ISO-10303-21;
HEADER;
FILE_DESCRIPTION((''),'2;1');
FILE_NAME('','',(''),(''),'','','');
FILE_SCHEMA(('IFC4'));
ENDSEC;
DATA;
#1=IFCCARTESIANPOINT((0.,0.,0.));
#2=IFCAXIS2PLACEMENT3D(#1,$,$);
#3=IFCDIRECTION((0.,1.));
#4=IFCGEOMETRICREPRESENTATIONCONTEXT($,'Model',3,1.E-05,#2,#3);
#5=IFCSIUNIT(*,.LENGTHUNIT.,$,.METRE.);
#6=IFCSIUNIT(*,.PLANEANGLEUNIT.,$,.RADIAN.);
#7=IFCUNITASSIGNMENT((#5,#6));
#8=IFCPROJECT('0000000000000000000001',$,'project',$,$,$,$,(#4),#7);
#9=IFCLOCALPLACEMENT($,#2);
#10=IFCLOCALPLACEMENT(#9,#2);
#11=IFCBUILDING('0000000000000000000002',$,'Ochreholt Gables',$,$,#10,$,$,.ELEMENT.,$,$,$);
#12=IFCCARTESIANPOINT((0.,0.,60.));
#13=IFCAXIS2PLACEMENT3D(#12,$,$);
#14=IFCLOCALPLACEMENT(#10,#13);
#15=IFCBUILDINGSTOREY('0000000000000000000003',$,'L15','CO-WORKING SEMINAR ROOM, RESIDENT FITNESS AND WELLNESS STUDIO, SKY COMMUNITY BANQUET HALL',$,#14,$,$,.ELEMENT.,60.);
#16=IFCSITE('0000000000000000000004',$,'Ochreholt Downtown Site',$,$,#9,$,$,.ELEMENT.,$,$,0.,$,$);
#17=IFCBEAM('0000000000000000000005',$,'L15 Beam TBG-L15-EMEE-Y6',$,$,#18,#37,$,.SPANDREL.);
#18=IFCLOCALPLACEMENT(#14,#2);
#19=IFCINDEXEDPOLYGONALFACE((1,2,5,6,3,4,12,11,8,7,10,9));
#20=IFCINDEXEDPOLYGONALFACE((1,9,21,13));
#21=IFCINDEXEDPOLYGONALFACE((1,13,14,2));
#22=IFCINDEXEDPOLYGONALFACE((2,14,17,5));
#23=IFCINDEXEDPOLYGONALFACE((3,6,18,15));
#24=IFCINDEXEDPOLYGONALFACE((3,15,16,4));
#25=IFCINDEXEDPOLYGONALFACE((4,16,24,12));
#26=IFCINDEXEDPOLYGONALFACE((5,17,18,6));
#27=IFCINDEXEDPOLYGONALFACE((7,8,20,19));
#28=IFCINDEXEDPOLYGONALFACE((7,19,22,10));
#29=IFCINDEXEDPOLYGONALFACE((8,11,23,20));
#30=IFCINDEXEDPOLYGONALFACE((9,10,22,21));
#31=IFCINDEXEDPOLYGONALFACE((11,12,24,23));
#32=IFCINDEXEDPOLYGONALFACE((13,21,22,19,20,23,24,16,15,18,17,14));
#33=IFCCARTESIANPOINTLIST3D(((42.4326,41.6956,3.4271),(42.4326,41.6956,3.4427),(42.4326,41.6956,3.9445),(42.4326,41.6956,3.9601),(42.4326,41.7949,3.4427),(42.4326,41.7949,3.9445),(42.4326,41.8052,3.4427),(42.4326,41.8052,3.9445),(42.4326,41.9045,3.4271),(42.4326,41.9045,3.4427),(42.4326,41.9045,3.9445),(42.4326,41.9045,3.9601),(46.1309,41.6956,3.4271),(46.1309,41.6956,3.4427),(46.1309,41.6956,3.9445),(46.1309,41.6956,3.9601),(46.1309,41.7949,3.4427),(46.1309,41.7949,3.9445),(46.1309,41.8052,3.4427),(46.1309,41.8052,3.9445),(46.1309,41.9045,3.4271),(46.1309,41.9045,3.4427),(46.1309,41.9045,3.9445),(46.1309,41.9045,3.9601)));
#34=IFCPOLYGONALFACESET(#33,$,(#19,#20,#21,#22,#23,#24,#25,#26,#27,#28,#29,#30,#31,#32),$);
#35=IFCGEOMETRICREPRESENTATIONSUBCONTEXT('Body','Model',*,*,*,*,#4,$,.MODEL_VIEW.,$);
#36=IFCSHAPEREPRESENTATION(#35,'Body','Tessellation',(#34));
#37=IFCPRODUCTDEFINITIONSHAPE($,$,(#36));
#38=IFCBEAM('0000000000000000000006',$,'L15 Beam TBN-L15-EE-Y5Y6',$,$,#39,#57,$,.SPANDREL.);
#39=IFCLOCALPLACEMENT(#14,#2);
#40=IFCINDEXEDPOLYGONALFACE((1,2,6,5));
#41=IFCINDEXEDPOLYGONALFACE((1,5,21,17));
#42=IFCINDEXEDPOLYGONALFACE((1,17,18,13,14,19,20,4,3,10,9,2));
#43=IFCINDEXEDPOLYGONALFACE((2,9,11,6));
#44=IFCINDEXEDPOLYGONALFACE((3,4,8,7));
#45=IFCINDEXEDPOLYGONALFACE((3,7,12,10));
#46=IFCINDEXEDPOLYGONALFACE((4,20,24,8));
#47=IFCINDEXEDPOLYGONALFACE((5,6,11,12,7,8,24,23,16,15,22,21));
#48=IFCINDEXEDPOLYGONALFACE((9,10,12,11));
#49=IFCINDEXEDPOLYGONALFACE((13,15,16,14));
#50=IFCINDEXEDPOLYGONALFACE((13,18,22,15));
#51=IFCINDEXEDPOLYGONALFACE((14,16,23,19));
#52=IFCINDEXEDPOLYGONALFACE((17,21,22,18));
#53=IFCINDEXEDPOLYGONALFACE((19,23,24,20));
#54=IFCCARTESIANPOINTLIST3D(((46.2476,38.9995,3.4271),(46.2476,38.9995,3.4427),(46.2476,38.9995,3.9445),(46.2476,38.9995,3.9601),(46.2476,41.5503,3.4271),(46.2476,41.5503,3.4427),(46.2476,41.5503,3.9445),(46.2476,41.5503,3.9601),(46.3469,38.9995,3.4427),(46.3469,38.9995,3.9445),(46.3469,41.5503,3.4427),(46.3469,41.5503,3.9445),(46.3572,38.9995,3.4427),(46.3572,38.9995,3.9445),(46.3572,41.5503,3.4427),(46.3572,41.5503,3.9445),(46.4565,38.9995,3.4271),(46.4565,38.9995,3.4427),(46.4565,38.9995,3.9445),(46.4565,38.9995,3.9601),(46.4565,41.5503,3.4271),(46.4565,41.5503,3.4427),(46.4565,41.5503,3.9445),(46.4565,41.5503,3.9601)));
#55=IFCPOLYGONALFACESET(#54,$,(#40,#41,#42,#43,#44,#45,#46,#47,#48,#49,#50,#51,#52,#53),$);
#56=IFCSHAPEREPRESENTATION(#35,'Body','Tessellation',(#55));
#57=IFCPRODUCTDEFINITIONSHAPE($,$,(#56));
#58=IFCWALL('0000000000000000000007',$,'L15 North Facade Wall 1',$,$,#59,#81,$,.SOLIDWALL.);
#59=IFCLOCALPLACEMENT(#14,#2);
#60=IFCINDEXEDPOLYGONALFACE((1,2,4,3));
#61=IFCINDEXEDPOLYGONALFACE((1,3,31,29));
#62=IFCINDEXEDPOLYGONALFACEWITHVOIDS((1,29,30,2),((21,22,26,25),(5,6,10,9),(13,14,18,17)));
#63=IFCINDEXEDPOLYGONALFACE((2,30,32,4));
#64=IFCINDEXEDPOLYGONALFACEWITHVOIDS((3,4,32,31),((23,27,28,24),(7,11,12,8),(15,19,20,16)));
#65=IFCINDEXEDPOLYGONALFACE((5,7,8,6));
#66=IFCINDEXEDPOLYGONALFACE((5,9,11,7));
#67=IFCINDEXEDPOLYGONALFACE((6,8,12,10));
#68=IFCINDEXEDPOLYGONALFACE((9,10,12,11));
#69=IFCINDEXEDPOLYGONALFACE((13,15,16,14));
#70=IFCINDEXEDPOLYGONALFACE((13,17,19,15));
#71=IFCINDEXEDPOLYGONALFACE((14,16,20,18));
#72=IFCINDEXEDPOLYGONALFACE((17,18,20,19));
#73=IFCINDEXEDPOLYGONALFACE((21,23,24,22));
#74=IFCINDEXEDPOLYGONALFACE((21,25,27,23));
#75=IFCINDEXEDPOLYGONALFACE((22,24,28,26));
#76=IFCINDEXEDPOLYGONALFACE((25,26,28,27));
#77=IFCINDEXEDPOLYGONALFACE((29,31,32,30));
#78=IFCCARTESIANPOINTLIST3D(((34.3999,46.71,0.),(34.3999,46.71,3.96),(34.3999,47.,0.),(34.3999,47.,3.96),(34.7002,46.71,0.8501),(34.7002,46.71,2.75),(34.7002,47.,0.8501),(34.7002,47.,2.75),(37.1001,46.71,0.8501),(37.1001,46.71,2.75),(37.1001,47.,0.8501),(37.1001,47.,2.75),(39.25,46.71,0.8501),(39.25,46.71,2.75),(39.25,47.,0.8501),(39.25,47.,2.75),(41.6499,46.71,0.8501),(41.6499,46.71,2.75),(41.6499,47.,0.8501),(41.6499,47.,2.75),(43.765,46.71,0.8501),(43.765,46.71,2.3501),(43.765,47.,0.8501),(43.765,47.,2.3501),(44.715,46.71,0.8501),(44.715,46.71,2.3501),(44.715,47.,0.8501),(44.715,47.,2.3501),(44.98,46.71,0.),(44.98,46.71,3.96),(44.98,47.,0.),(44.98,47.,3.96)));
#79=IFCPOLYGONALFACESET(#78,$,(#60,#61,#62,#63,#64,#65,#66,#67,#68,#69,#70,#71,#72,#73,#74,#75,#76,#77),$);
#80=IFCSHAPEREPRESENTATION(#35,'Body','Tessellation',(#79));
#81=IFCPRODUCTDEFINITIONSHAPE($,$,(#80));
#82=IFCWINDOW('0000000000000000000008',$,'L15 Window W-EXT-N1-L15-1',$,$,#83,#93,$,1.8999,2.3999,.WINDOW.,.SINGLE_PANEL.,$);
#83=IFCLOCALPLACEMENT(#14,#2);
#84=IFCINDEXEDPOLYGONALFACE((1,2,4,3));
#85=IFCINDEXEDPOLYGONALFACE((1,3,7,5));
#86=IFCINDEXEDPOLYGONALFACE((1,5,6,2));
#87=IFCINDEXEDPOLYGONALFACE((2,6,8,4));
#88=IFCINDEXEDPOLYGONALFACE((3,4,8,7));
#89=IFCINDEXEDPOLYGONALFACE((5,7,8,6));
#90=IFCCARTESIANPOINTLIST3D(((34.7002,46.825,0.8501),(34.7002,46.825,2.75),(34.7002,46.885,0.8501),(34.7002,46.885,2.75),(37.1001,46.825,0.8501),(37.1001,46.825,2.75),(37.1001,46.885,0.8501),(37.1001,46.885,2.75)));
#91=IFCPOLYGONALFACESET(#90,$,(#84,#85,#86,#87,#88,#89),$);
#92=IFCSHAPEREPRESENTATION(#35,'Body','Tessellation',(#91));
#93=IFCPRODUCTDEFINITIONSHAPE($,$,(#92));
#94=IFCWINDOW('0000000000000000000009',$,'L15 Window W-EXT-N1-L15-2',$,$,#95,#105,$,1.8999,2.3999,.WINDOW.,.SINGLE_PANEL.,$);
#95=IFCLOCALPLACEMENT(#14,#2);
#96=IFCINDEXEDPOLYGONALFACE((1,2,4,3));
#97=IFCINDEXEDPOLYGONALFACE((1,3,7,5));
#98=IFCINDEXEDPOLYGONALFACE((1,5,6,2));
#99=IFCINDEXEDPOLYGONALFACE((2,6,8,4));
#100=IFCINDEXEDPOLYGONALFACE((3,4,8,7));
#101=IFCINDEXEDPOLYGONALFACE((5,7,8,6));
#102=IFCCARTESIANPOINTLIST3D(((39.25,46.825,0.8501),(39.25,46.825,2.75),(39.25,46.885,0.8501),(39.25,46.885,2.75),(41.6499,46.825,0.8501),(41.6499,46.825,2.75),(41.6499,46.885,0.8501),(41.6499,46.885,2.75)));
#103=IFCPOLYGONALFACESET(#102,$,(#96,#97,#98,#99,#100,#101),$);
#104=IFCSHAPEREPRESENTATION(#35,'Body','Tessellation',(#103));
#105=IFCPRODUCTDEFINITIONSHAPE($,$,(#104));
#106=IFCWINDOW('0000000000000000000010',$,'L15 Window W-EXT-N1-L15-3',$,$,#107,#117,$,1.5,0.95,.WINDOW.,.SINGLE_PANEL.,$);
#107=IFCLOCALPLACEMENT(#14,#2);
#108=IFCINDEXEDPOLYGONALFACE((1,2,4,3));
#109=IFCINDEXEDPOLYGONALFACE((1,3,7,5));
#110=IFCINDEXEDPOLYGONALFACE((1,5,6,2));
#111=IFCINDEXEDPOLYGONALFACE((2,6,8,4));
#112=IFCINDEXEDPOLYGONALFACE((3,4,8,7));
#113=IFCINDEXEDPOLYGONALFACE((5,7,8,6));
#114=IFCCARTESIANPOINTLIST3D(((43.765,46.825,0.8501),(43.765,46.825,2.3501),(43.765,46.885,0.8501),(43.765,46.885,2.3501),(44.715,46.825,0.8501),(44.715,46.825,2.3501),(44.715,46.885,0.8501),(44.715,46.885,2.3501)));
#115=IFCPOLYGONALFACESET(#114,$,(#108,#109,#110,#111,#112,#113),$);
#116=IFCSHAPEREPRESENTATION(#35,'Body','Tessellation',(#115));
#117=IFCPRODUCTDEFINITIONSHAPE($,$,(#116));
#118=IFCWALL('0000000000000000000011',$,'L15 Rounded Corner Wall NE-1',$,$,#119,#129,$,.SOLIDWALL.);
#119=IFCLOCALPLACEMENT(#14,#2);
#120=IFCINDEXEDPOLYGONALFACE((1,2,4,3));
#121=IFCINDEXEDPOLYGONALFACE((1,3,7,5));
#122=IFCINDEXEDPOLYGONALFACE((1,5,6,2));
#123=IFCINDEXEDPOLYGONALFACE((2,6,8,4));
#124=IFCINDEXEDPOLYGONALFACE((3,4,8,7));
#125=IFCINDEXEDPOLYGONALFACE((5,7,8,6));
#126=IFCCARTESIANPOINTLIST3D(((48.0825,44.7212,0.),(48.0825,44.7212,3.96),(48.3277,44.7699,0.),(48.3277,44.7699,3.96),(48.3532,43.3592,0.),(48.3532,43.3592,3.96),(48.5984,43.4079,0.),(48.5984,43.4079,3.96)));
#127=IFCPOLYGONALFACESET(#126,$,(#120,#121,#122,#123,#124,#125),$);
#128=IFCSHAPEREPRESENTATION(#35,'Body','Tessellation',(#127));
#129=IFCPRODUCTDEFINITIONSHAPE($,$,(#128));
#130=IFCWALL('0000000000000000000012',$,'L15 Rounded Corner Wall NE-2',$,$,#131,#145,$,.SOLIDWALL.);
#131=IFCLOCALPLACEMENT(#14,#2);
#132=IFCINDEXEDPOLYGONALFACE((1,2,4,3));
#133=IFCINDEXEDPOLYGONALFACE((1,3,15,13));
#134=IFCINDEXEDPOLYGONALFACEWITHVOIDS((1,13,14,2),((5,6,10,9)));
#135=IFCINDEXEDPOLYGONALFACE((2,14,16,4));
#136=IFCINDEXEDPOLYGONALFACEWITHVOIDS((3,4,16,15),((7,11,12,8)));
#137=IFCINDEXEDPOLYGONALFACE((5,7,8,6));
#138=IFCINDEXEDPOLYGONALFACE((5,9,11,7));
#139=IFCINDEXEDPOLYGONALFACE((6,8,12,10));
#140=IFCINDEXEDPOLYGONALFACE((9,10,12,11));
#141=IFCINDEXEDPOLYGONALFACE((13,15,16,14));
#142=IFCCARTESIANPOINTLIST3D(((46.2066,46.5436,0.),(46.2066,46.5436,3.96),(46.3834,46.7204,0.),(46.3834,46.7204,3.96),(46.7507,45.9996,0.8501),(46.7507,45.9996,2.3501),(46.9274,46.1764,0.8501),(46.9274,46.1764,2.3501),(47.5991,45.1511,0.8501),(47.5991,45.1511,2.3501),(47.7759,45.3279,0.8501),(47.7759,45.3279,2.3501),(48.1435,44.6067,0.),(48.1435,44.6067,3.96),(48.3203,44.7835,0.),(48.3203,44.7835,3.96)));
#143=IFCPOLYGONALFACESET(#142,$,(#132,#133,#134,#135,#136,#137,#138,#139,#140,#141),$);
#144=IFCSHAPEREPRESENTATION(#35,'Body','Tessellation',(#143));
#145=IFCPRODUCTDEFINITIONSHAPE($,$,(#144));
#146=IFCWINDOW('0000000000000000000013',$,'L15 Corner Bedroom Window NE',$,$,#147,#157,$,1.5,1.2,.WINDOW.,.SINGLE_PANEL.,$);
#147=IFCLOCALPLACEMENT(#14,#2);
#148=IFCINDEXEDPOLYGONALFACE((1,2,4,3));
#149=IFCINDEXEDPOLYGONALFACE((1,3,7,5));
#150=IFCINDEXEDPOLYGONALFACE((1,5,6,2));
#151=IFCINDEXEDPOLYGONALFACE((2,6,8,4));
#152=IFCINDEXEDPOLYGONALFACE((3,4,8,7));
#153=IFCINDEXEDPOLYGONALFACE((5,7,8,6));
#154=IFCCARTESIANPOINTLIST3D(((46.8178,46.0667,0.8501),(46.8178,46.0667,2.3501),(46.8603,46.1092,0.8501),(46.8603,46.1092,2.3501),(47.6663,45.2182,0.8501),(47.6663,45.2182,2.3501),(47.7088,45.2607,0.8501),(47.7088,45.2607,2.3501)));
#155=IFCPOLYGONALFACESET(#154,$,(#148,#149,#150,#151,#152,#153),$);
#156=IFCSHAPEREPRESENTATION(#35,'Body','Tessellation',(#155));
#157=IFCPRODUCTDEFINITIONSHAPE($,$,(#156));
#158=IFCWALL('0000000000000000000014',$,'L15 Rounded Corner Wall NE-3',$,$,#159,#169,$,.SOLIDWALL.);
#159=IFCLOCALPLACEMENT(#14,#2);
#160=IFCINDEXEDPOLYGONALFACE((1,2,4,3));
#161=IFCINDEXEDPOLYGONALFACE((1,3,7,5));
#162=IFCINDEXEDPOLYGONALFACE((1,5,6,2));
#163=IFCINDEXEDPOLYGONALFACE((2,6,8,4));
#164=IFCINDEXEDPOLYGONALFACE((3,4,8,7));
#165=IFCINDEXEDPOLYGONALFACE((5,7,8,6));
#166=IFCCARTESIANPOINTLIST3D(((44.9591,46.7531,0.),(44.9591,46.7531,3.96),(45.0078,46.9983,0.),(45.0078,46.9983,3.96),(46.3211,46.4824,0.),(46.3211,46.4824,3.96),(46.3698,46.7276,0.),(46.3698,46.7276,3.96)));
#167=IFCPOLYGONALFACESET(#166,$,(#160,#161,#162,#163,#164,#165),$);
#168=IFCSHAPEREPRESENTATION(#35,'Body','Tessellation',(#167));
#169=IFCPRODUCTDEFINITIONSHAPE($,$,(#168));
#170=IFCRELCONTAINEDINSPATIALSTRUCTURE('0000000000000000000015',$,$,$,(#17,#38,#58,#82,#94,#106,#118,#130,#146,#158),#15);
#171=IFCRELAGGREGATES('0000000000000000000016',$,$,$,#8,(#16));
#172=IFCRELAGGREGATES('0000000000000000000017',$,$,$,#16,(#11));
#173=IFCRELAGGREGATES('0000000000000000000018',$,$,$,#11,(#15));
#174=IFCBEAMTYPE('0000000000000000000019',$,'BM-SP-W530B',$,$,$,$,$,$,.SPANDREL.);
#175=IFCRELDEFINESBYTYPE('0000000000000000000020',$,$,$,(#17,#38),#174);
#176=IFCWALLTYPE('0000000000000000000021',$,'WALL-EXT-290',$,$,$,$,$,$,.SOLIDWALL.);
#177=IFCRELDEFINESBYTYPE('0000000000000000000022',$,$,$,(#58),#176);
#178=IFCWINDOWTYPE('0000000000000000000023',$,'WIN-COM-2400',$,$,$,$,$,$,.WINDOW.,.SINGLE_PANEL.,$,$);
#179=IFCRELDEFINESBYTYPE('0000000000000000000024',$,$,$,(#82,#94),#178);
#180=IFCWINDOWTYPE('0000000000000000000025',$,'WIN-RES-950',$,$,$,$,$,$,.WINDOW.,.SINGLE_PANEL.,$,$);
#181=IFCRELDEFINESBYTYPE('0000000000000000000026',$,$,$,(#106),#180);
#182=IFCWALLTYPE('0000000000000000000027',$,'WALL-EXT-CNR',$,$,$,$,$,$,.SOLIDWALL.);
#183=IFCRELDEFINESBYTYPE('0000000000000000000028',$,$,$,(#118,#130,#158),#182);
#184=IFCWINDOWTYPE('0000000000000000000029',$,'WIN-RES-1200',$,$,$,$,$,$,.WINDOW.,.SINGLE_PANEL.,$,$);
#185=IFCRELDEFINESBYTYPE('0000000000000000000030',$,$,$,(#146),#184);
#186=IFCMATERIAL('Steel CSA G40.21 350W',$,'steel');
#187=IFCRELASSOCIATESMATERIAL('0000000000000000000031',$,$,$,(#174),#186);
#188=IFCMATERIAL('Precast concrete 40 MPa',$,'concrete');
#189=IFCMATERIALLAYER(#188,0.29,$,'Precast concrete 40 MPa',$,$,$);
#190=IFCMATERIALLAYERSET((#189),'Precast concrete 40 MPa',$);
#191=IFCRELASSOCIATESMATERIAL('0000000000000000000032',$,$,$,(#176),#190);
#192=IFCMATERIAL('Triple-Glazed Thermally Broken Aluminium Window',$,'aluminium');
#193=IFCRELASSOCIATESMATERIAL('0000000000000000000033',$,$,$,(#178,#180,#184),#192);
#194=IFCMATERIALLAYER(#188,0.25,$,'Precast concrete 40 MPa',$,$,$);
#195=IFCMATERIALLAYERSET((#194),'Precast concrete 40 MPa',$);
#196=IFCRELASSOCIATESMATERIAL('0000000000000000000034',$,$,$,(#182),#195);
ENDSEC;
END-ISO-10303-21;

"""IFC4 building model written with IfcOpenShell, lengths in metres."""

from ifc_helpers import new_model, si_unit, direction, frame, frame_2d, origin, origin_2d, place, context, subcontext, project, spatial, rectangle, i_section, extrude, material, layer, layer_set, material_profile, profile_set, type_object, element, fill, save


model = new_model("IFC4")

# Units and contexts
model_context = context("Model", 3, precision=1e-05, world=origin(), true_north=direction((0.0, 1.0)))
body_context = subcontext(model_context, "Body", "Model", "MODEL_VIEW")
ifc_project = project(units=[si_unit("LENGTHUNIT", "METRE"), si_unit("PLANEANGLEUNIT", "RADIAN")], contexts=[model_context])

# Site, building, storey
site_placement = place(None, origin())
site = spatial("IfcSite", under=ifc_project, at=site_placement, Name="Ochreholt Downtown Site", CompositionType="ELEMENT", RefElevation=0.0)
building_placement = place(site_placement, origin())
building = spatial("IfcBuilding", under=site, at=building_placement, Name="Ochreholt Gables", CompositionType="ELEMENT")
storey_placement = place(building_placement, frame((0.0, 0.0, 60.0)))
storey = spatial("IfcBuildingStorey", under=building, at=storey_placement, Name="L15", Description="CO-WORKING SEMINAR ROOM, RESIDENT FITNESS AND WELLNESS STUDIO, SKY COMMUNITY BANQUET HALL", CompositionType="ELEMENT", Elevation=60.0)

# Shared definitions
ifc_material_1 = material(Name="Steel CSA G40.21 350W", Category="steel")

# Beams
ifc_material_profile_1 = material_profile(ifc_material_1, i_section(OverallWidth=0.209, OverallDepth=0.533, WebThickness=0.0103, FlangeThickness=0.0156, at=origin_2d()), Name="W530X92")
ifc_profile_set_1 = profile_set([ifc_material_profile_1], Name="Steel CSA G40.21 350W")
beam_type_1 = type_object("IfcBeamType", Name="BM-SP-W530B", PredefinedType="SPANDREL", material=ifc_profile_set_1)
beam_1_placement = place(storey_placement, frame((42.4326, 41.8, 3.6936), z_axis=(1.0, 0.0, 0.0), x_axis=(0.0, 1.0, 0.0)))
element("IfcBeam", 1, at=beam_1_placement, inside=storey, type_object=beam_type_1, Name="L15 Beam TBG-L15-EMEE-Y6", PredefinedType="SPANDREL", context=body_context, shape_type="SweptSolid", body=[
    extrude(i_section(OverallWidth=0.209, OverallDepth=0.533, WebThickness=0.0103, FlangeThickness=0.0156, at=origin_2d()), origin(), (0.0, 0.0, 1.0), 3.6982),
])
beam_2_placement = place(storey_placement, frame((46.3521, 38.9995, 3.6936), z_axis=(0.0, 1.0, 0.0), x_axis=(-1.0, 0.0, 0.0)))
element("IfcBeam", 2, at=beam_2_placement, inside=storey, type_object=beam_type_1, Name="L15 Beam TBN-L15-EE-Y5Y6", PredefinedType="SPANDREL", context=body_context, shape_type="SweptSolid", body=[
    extrude(i_section(OverallWidth=0.209, OverallDepth=0.533, WebThickness=0.0103, FlangeThickness=0.0156, at=origin_2d()), origin(), (0.0, 0.0, 1.0), 2.5508),
])

# Wall, openings, windows
ifc_material_2 = material(Name="Precast concrete 40 MPa", Category="concrete")
ifc_layer_1 = layer(ifc_material_2, 0.29, Name="Precast concrete 40 MPa")
ifc_layer_set_1 = layer_set([ifc_layer_1], Name="Precast concrete 40 MPa")
wall_type_1 = type_object("IfcWallType", Name="WALL-EXT-290", PredefinedType="SOLIDWALL", material=ifc_layer_set_1)
wall_1_placement = place(storey_placement, frame((44.98, 46.855, 0.0), z_axis=(0.0, 0.0, 1.0), x_axis=(-1.0, 0.0, 0.0)))
wall_1 = element("IfcWall", 3, at=wall_1_placement, inside=storey, type_object=wall_type_1, Name="L15 North Facade Wall 1", PredefinedType="SOLIDWALL", context=body_context, shape_type="SweptSolid", body=[
    extrude(rectangle(XDim=10.5801, YDim=0.29, at=frame_2d((5.29, 0.0))), origin(), (0.0, 0.0, 1.0), 3.96),
])
opening_1_placement = place(wall_1_placement, frame((7.8799, 0.0, 0.8501)))
opening_1 = element("IfcOpeningElement", 4, at=opening_1_placement, cuts=wall_1, PredefinedType="OPENING", context=body_context, shape_type="SweptSolid", body=[
    extrude(rectangle(XDim=2.3999, YDim=1.8999, at=frame_2d((1.2, 0.95))), frame((0.0, 0.155, 0.0), z_axis=(0.0, -1.0, 0.0), x_axis=(1.0, 0.0, 0.0)), (0.0, 0.0, 1.0), 0.3101),
])
opening_2_placement = place(wall_1_placement, frame((3.3301, 0.0, 0.8501)))
opening_2 = element("IfcOpeningElement", 5, at=opening_2_placement, cuts=wall_1, PredefinedType="OPENING", context=body_context, shape_type="SweptSolid", body=[
    extrude(rectangle(XDim=2.3999, YDim=1.8999, at=frame_2d((1.2, 0.95))), frame((0.0, 0.155, 0.0), z_axis=(0.0, -1.0, 0.0), x_axis=(1.0, 0.0, 0.0)), (0.0, 0.0, 1.0), 0.3101),
])
opening_3_placement = place(wall_1_placement, frame((0.2649, 0.0, 0.8501)))
opening_3 = element("IfcOpeningElement", 6, at=opening_3_placement, cuts=wall_1, PredefinedType="OPENING", context=body_context, shape_type="SweptSolid", body=[
    extrude(rectangle(XDim=0.95, YDim=1.5, at=frame_2d((0.4751, 0.75))), frame((0.0, 0.155, 0.0), z_axis=(0.0, -1.0, 0.0), x_axis=(1.0, 0.0, 0.0)), (0.0, 0.0, 1.0), 0.3101),
])
ifc_material_3 = material(Name="Triple-Glazed Thermally Broken Aluminium Window", Category="aluminium")
window_type_1 = type_object("IfcWindowType", Name="WIN-COM-2400", PartitioningType="SINGLE_PANEL", PredefinedType="WINDOW", material=ifc_material_3)
window_1_placement = place(opening_1_placement, origin())
window_1 = element("IfcWindow", 7, at=window_1_placement, inside=storey, type_object=window_type_1, Name="L15 Window W-EXT-N1-L15-1", OverallHeight=1.8999, OverallWidth=2.3999, PartitioningType="SINGLE_PANEL", PredefinedType="WINDOW", context=body_context, shape_type="SweptSolid", body=[
    extrude(rectangle(XDim=2.3999, YDim=1.8999, at=frame_2d((1.2, 0.95))), frame((0.0, 0.03, 0.0), z_axis=(0.0, -1.0, 0.0), x_axis=(1.0, 0.0, 0.0)), (0.0, 0.0, 1.0), 0.0601),
])
fill(opening_1, window_1)
window_2_placement = place(opening_2_placement, origin())
window_2 = element("IfcWindow", 8, at=window_2_placement, inside=storey, type_object=window_type_1, Name="L15 Window W-EXT-N1-L15-2", OverallHeight=1.8999, OverallWidth=2.3999, PartitioningType="SINGLE_PANEL", PredefinedType="WINDOW", context=body_context, shape_type="SweptSolid", body=[
    extrude(rectangle(XDim=2.3999, YDim=1.8999, at=frame_2d((1.2, 0.95))), frame((0.0, 0.03, 0.0), z_axis=(0.0, -1.0, 0.0), x_axis=(1.0, 0.0, 0.0)), (0.0, 0.0, 1.0), 0.0601),
])
fill(opening_2, window_2)
window_type_2 = type_object("IfcWindowType", Name="WIN-RES-950", PartitioningType="SINGLE_PANEL", PredefinedType="WINDOW", material=ifc_material_3)
window_3_placement = place(opening_3_placement, origin())
window_3 = element("IfcWindow", 9, at=window_3_placement, inside=storey, type_object=window_type_2, Name="L15 Window W-EXT-N1-L15-3", OverallHeight=1.5, OverallWidth=0.95, PartitioningType="SINGLE_PANEL", PredefinedType="WINDOW", context=body_context, shape_type="SweptSolid", body=[
    extrude(rectangle(XDim=0.95, YDim=1.5, at=frame_2d((0.4751, 0.75))), frame((0.0, 0.03, 0.0), z_axis=(0.0, -1.0, 0.0), x_axis=(1.0, 0.0, 0.0)), (0.0, 0.0, 1.0), 0.0601),
])
fill(opening_3, window_3)

# Wall
ifc_layer_2 = layer(ifc_material_2, 0.25, Name="Precast concrete 40 MPa")
ifc_layer_set_2 = layer_set([ifc_layer_2], Name="Precast concrete 40 MPa")
wall_type_2 = type_object("IfcWallType", Name="WALL-EXT-CNR", PredefinedType="SOLIDWALL", material=ifc_layer_set_2)
wall_2_placement = place(storey_placement, frame((48.4758, 43.3835, 0.0), z_axis=(0.0, 0.0, 1.0), x_axis=(-0.194967, 0.98081, 0.0)))
element("IfcWall", 10, at=wall_2_placement, inside=storey, type_object=wall_type_2, Name="L15 Rounded Corner Wall NE-1", PredefinedType="SOLIDWALL", context=body_context, shape_type="SweptSolid", body=[
    extrude(rectangle(XDim=1.3887, YDim=0.25, at=frame_2d((0.6943, 0.0))), origin(), (0.0, 0.0, 1.0), 3.96),
])

# Wall, opening, window
wall_3_placement = place(storey_placement, frame((48.2319, 44.6951, 0.0), z_axis=(0.0, 0.0, 1.0), x_axis=(-0.707107, 0.707107, 0.0)))
wall_3 = element("IfcWall", 11, at=wall_3_placement, inside=storey, type_object=wall_type_2, Name="L15 Rounded Corner Wall NE-2", PredefinedType="SOLIDWALL", context=body_context, shape_type="SweptSolid", body=[
    extrude(rectangle(XDim=2.7393, YDim=0.25, at=frame_2d((1.3696, 0.0))), origin(), (0.0, 0.0, 1.0), 3.96),
])
opening_4_placement = place(wall_3_placement, frame((0.7698, 0.0, 0.8501)))
opening_4 = element("IfcOpeningElement", 12, at=opening_4_placement, cuts=wall_3, PredefinedType="OPENING", context=body_context, shape_type="SweptSolid", body=[
    extrude(rectangle(XDim=1.2, YDim=1.5, at=frame_2d((0.6001, 0.75))), frame((0.0, 0.135, 0.0), z_axis=(0.0, -1.0, 0.0), x_axis=(1.0, 0.0, 0.0)), (0.0, 0.0, 1.0), 0.27),
])
window_type_3 = type_object("IfcWindowType", Name="WIN-RES-1200", PartitioningType="SINGLE_PANEL", PredefinedType="WINDOW", material=ifc_material_3)
window_4_placement = place(opening_4_placement, origin())
window_4 = element("IfcWindow", 13, at=window_4_placement, inside=storey, type_object=window_type_3, Name="L15 Corner Bedroom Window NE", OverallHeight=1.5, OverallWidth=1.2, PartitioningType="SINGLE_PANEL", PredefinedType="WINDOW", context=body_context, shape_type="SweptSolid", body=[
    extrude(rectangle(XDim=1.2, YDim=1.5, at=frame_2d((0.6001, 0.75))), frame((0.0, 0.03, 0.0), z_axis=(0.0, -1.0, 0.0), x_axis=(1.0, 0.0, 0.0)), (0.0, 0.0, 1.0), 0.0601),
])
fill(opening_4, window_4)

# Wall
wall_4_placement = place(storey_placement, frame((46.3455, 46.605, 0.0), z_axis=(0.0, 0.0, 1.0), x_axis=(-0.98081, 0.194967, 0.0)))
element("IfcWall", 14, at=wall_4_placement, inside=storey, type_object=wall_type_2, Name="L15 Rounded Corner Wall NE-3", PredefinedType="SOLIDWALL", context=body_context, shape_type="SweptSolid", body=[
    extrude(rectangle(XDim=1.3887, YDim=0.25, at=frame_2d((0.6943, 0.0))), origin(), (0.0, 0.0, 1.0), 3.96),
])

save(model, "model.ifc")
